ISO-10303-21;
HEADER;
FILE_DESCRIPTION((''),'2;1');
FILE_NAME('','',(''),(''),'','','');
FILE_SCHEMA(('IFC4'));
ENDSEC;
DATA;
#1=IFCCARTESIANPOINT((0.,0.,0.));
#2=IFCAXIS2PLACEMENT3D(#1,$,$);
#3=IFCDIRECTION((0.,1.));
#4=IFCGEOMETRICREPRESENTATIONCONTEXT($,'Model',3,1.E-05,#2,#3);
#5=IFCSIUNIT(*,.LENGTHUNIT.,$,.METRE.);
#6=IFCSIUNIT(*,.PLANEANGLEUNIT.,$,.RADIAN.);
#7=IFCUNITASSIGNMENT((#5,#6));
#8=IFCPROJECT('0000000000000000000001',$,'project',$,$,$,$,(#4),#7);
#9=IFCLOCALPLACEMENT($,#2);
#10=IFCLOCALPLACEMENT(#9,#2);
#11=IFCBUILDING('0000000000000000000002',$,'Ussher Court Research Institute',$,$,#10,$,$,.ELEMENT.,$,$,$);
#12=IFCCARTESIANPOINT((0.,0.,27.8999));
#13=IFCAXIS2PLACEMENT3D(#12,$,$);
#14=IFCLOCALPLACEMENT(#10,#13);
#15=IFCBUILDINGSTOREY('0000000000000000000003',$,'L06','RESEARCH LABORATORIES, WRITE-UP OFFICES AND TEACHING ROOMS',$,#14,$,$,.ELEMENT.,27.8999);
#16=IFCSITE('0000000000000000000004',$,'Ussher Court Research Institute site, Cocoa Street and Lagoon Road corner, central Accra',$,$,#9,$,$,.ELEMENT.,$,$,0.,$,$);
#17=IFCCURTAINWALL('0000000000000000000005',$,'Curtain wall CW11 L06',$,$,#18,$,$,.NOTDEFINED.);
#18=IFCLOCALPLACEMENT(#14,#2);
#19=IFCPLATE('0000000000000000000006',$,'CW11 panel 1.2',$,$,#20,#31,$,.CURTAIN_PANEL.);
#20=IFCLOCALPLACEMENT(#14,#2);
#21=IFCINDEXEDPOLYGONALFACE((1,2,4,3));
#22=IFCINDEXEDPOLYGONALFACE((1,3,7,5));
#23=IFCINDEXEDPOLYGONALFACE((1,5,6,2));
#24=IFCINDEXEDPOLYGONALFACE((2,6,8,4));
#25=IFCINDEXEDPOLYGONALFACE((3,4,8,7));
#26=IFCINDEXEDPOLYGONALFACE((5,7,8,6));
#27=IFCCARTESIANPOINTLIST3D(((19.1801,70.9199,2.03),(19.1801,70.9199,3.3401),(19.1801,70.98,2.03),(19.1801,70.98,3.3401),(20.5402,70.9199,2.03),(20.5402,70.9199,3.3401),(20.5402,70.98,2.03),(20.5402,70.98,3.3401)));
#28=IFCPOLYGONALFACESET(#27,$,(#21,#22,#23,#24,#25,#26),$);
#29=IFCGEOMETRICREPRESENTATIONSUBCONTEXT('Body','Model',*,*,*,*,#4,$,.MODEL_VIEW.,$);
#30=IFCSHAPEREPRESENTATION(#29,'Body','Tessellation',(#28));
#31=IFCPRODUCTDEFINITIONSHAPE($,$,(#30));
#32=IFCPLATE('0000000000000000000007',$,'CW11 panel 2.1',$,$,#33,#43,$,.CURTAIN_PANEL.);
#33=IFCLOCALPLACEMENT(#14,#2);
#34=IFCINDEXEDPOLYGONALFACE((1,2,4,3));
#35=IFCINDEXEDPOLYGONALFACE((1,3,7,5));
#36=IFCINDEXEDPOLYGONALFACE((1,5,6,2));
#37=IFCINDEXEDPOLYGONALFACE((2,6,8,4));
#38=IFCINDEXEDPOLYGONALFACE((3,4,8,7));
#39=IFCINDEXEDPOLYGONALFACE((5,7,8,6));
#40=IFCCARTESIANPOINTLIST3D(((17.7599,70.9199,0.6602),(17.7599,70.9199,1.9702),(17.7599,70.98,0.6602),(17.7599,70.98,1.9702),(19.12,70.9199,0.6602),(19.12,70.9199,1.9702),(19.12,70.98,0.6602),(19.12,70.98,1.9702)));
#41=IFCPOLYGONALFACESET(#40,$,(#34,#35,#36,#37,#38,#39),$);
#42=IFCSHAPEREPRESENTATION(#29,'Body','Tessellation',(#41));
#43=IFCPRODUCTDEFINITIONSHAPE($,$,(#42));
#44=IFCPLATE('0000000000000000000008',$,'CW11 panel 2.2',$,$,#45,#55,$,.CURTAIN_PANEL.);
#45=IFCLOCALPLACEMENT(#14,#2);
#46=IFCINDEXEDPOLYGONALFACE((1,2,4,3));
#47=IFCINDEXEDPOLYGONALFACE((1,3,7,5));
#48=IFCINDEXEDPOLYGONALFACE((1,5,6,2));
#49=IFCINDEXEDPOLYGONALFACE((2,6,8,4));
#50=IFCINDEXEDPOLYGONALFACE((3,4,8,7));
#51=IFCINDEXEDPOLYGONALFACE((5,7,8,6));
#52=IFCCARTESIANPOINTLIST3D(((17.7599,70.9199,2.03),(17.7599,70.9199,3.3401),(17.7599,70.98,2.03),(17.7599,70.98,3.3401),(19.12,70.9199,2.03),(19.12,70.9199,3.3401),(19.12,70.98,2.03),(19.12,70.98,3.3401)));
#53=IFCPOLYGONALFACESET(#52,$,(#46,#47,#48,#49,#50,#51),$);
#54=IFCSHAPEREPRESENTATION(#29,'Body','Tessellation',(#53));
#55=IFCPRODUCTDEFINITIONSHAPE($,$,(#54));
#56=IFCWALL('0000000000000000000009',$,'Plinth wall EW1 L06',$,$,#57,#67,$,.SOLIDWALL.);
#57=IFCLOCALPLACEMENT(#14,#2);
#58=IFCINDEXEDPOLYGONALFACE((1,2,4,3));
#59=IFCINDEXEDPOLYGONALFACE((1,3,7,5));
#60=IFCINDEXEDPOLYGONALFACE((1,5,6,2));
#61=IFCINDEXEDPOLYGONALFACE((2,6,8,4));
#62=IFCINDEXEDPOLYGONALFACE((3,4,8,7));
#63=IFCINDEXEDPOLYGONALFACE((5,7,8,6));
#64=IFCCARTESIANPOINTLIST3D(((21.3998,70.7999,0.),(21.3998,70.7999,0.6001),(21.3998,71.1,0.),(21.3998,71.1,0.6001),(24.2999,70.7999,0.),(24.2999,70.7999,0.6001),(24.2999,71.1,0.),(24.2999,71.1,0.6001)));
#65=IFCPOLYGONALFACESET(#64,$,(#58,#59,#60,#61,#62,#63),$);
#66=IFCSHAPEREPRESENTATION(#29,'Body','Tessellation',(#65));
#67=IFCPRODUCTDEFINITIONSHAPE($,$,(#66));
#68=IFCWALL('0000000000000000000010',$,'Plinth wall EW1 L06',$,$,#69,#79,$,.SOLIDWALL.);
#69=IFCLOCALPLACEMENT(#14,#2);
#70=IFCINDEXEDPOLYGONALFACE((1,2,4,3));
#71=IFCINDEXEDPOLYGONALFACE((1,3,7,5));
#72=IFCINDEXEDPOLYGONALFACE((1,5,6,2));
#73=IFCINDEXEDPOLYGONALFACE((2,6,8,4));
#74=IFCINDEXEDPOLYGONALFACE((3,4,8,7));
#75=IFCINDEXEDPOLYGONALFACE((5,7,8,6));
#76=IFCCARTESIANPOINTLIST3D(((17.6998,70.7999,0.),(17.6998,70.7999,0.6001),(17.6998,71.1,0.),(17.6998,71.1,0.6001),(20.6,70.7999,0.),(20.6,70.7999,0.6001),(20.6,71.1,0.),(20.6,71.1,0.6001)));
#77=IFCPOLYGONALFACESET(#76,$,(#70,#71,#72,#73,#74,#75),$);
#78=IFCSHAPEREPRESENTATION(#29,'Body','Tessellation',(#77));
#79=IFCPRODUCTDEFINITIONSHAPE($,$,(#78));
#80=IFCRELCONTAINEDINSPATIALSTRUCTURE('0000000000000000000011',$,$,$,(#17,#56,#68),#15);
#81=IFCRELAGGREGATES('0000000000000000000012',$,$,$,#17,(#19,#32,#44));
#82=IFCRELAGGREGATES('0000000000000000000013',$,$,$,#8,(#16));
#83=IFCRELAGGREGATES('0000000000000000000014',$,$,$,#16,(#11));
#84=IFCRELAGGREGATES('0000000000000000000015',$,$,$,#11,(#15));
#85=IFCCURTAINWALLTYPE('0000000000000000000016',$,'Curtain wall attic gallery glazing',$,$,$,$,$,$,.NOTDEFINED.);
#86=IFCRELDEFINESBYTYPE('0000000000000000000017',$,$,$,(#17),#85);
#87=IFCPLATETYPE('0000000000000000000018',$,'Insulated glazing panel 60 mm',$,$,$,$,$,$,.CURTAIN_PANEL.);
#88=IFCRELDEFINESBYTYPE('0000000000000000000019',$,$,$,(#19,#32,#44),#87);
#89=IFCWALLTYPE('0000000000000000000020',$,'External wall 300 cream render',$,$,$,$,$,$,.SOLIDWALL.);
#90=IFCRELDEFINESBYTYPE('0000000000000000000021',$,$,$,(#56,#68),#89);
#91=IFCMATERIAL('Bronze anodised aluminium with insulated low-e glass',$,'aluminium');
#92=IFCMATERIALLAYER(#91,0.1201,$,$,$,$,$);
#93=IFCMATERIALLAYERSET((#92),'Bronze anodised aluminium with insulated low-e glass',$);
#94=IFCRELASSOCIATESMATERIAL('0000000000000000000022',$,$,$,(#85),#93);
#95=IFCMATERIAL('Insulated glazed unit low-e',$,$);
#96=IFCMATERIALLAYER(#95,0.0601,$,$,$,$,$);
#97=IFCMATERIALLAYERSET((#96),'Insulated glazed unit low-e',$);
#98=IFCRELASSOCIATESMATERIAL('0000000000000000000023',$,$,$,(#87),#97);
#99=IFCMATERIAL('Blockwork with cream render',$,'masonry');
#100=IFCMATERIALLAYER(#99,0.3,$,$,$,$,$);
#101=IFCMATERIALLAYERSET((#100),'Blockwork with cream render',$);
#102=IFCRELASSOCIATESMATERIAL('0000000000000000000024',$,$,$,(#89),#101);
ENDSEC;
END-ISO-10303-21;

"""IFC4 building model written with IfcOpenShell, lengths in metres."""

from ifc_helpers import new_model, si_unit, direction, frame, frame_2d, origin, origin_2d, place, context, subcontext, project, spatial, rectangle, extrude, material, layer, layer_set, type_object, element, aggregate, save


model = new_model("IFC4")

# Units and contexts
model_context = context("Model", 3, precision=1e-05, world=origin(), true_north=direction((0.0, 1.0)))
body_context = subcontext(model_context, "Body", "Model", "MODEL_VIEW")
ifc_project = project(units=[si_unit("LENGTHUNIT", "METRE"), si_unit("PLANEANGLEUNIT", "RADIAN")], contexts=[model_context])

# Site, building, storey
site_placement = place(None, origin())
site = spatial("IfcSite", under=ifc_project, at=site_placement, Name="Ussher Court Research Institute site, Cocoa Street and Lagoon Road corner, central Accra", CompositionType="ELEMENT", RefElevation=0.0)
building_placement = place(site_placement, origin())
building = spatial("IfcBuilding", under=site, at=building_placement, Name="Ussher Court Research Institute", CompositionType="ELEMENT")
storey_placement = place(building_placement, frame((0.0, 0.0, 27.8999)))
storey = spatial("IfcBuildingStorey", under=building, at=storey_placement, Name="L06", Description="RESEARCH LABORATORIES, WRITE-UP OFFICES AND TEACHING ROOMS", CompositionType="ELEMENT", Elevation=27.8999)

# Shared definitions
ifc_material_1 = material(Name="Bronze anodised aluminium with insulated low-e glass", Category="aluminium")
ifc_layer_1 = layer(ifc_material_1, 0.1201)
ifc_layer_set_1 = layer_set([ifc_layer_1], Name="Bronze anodised aluminium with insulated low-e glass")
curtain_wall_type = type_object("IfcCurtainWallType", Name="Curtain wall attic gallery glazing", PredefinedType="NOTDEFINED", material=ifc_layer_set_1)

# Curtain wall
curtain_wall_1_placement = place(storey_placement, origin())
curtain_wall_1 = element("IfcCurtainWall", 1, at=curtain_wall_1_placement, inside=storey, type_object=curtain_wall_type, Name="Curtain wall CW11 L06", PredefinedType="NOTDEFINED")

# Plates
ifc_material_2 = material(Name="Insulated glazed unit low-e")
ifc_layer_2 = layer(ifc_material_2, 0.0601)
ifc_layer_set_2 = layer_set([ifc_layer_2], Name="Insulated glazed unit low-e")
plate_type = type_object("IfcPlateType", Name="Insulated glazing panel 60 mm", PredefinedType="CURTAIN_PANEL", material=ifc_layer_set_2)
plate_1_placement = place(storey_placement, frame((19.8601, 70.95, 2.03), z_axis=(0.0, 0.0, 1.0), x_axis=(-1.0, 0.0, 0.0)))
plate_1 = element("IfcPlate", 2, at=plate_1_placement, type_object=plate_type, Name="CW11 panel 1.2", PredefinedType="CURTAIN_PANEL", context=body_context, shape_type="SweptSolid", body=[
    extrude(rectangle(XDim=1.3601, YDim=0.0601, at=origin_2d()), origin(), (0.0, 0.0, 1.0), 1.3101),
])
plate_2_placement = place(storey_placement, frame((18.4399, 70.95, 0.6602), z_axis=(0.0, 0.0, 1.0), x_axis=(-1.0, 0.0, 0.0)))
plate_2 = element("IfcPlate", 3, at=plate_2_placement, type_object=plate_type, Name="CW11 panel 2.1", PredefinedType="CURTAIN_PANEL", context=body_context, shape_type="SweptSolid", body=[
    extrude(rectangle(XDim=1.3601, YDim=0.0601, at=origin_2d()), origin(), (0.0, 0.0, 1.0), 1.3101),
])
plate_3_placement = place(storey_placement, frame((18.4399, 70.95, 2.03), z_axis=(0.0, 0.0, 1.0), x_axis=(-1.0, 0.0, 0.0)))
plate_3 = element("IfcPlate", 4, at=plate_3_placement, type_object=plate_type, Name="CW11 panel 2.2", PredefinedType="CURTAIN_PANEL", context=body_context, shape_type="SweptSolid", body=[
    extrude(rectangle(XDim=1.3601, YDim=0.0601, at=origin_2d()), origin(), (0.0, 0.0, 1.0), 1.3101),
])
aggregate(curtain_wall_1, [plate_1, plate_2, plate_3])

# Walls
ifc_material_3 = material(Name="Blockwork with cream render", Category="masonry")
ifc_layer_3 = layer(ifc_material_3, 0.3)
ifc_layer_set_3 = layer_set([ifc_layer_3], Name="Blockwork with cream render")
wall_type = type_object("IfcWallType", Name="External wall 300 cream render", PredefinedType="SOLIDWALL", material=ifc_layer_set_3)
for number, where, z_axis, x_axis, name in (
    (5, (24.3, 70.95, 0.0), (0.0, 0.0, 1.0), (-1.0, 0.0, 0.0), "Plinth wall EW1 L06"),
    (6, (20.6001, 70.95, 0.0), (0.0, 0.0, 1.0), (-1.0, 0.0, 0.0), "Plinth wall EW1 L06"),
):
    element("IfcWall", number, at=place(storey_placement, frame(where, z_axis=z_axis, x_axis=x_axis)), inside=storey, type_object=wall_type, Name=name, PredefinedType="SOLIDWALL", context=body_context, shape_type="SweptSolid", body=[
        extrude(rectangle(XDim=2.9001, YDim=0.3, at=frame_2d((1.4502, 0.0))), origin(), (0.0, 0.0, 1.0), 0.6001),
    ])

save(model, "model.ifc")
